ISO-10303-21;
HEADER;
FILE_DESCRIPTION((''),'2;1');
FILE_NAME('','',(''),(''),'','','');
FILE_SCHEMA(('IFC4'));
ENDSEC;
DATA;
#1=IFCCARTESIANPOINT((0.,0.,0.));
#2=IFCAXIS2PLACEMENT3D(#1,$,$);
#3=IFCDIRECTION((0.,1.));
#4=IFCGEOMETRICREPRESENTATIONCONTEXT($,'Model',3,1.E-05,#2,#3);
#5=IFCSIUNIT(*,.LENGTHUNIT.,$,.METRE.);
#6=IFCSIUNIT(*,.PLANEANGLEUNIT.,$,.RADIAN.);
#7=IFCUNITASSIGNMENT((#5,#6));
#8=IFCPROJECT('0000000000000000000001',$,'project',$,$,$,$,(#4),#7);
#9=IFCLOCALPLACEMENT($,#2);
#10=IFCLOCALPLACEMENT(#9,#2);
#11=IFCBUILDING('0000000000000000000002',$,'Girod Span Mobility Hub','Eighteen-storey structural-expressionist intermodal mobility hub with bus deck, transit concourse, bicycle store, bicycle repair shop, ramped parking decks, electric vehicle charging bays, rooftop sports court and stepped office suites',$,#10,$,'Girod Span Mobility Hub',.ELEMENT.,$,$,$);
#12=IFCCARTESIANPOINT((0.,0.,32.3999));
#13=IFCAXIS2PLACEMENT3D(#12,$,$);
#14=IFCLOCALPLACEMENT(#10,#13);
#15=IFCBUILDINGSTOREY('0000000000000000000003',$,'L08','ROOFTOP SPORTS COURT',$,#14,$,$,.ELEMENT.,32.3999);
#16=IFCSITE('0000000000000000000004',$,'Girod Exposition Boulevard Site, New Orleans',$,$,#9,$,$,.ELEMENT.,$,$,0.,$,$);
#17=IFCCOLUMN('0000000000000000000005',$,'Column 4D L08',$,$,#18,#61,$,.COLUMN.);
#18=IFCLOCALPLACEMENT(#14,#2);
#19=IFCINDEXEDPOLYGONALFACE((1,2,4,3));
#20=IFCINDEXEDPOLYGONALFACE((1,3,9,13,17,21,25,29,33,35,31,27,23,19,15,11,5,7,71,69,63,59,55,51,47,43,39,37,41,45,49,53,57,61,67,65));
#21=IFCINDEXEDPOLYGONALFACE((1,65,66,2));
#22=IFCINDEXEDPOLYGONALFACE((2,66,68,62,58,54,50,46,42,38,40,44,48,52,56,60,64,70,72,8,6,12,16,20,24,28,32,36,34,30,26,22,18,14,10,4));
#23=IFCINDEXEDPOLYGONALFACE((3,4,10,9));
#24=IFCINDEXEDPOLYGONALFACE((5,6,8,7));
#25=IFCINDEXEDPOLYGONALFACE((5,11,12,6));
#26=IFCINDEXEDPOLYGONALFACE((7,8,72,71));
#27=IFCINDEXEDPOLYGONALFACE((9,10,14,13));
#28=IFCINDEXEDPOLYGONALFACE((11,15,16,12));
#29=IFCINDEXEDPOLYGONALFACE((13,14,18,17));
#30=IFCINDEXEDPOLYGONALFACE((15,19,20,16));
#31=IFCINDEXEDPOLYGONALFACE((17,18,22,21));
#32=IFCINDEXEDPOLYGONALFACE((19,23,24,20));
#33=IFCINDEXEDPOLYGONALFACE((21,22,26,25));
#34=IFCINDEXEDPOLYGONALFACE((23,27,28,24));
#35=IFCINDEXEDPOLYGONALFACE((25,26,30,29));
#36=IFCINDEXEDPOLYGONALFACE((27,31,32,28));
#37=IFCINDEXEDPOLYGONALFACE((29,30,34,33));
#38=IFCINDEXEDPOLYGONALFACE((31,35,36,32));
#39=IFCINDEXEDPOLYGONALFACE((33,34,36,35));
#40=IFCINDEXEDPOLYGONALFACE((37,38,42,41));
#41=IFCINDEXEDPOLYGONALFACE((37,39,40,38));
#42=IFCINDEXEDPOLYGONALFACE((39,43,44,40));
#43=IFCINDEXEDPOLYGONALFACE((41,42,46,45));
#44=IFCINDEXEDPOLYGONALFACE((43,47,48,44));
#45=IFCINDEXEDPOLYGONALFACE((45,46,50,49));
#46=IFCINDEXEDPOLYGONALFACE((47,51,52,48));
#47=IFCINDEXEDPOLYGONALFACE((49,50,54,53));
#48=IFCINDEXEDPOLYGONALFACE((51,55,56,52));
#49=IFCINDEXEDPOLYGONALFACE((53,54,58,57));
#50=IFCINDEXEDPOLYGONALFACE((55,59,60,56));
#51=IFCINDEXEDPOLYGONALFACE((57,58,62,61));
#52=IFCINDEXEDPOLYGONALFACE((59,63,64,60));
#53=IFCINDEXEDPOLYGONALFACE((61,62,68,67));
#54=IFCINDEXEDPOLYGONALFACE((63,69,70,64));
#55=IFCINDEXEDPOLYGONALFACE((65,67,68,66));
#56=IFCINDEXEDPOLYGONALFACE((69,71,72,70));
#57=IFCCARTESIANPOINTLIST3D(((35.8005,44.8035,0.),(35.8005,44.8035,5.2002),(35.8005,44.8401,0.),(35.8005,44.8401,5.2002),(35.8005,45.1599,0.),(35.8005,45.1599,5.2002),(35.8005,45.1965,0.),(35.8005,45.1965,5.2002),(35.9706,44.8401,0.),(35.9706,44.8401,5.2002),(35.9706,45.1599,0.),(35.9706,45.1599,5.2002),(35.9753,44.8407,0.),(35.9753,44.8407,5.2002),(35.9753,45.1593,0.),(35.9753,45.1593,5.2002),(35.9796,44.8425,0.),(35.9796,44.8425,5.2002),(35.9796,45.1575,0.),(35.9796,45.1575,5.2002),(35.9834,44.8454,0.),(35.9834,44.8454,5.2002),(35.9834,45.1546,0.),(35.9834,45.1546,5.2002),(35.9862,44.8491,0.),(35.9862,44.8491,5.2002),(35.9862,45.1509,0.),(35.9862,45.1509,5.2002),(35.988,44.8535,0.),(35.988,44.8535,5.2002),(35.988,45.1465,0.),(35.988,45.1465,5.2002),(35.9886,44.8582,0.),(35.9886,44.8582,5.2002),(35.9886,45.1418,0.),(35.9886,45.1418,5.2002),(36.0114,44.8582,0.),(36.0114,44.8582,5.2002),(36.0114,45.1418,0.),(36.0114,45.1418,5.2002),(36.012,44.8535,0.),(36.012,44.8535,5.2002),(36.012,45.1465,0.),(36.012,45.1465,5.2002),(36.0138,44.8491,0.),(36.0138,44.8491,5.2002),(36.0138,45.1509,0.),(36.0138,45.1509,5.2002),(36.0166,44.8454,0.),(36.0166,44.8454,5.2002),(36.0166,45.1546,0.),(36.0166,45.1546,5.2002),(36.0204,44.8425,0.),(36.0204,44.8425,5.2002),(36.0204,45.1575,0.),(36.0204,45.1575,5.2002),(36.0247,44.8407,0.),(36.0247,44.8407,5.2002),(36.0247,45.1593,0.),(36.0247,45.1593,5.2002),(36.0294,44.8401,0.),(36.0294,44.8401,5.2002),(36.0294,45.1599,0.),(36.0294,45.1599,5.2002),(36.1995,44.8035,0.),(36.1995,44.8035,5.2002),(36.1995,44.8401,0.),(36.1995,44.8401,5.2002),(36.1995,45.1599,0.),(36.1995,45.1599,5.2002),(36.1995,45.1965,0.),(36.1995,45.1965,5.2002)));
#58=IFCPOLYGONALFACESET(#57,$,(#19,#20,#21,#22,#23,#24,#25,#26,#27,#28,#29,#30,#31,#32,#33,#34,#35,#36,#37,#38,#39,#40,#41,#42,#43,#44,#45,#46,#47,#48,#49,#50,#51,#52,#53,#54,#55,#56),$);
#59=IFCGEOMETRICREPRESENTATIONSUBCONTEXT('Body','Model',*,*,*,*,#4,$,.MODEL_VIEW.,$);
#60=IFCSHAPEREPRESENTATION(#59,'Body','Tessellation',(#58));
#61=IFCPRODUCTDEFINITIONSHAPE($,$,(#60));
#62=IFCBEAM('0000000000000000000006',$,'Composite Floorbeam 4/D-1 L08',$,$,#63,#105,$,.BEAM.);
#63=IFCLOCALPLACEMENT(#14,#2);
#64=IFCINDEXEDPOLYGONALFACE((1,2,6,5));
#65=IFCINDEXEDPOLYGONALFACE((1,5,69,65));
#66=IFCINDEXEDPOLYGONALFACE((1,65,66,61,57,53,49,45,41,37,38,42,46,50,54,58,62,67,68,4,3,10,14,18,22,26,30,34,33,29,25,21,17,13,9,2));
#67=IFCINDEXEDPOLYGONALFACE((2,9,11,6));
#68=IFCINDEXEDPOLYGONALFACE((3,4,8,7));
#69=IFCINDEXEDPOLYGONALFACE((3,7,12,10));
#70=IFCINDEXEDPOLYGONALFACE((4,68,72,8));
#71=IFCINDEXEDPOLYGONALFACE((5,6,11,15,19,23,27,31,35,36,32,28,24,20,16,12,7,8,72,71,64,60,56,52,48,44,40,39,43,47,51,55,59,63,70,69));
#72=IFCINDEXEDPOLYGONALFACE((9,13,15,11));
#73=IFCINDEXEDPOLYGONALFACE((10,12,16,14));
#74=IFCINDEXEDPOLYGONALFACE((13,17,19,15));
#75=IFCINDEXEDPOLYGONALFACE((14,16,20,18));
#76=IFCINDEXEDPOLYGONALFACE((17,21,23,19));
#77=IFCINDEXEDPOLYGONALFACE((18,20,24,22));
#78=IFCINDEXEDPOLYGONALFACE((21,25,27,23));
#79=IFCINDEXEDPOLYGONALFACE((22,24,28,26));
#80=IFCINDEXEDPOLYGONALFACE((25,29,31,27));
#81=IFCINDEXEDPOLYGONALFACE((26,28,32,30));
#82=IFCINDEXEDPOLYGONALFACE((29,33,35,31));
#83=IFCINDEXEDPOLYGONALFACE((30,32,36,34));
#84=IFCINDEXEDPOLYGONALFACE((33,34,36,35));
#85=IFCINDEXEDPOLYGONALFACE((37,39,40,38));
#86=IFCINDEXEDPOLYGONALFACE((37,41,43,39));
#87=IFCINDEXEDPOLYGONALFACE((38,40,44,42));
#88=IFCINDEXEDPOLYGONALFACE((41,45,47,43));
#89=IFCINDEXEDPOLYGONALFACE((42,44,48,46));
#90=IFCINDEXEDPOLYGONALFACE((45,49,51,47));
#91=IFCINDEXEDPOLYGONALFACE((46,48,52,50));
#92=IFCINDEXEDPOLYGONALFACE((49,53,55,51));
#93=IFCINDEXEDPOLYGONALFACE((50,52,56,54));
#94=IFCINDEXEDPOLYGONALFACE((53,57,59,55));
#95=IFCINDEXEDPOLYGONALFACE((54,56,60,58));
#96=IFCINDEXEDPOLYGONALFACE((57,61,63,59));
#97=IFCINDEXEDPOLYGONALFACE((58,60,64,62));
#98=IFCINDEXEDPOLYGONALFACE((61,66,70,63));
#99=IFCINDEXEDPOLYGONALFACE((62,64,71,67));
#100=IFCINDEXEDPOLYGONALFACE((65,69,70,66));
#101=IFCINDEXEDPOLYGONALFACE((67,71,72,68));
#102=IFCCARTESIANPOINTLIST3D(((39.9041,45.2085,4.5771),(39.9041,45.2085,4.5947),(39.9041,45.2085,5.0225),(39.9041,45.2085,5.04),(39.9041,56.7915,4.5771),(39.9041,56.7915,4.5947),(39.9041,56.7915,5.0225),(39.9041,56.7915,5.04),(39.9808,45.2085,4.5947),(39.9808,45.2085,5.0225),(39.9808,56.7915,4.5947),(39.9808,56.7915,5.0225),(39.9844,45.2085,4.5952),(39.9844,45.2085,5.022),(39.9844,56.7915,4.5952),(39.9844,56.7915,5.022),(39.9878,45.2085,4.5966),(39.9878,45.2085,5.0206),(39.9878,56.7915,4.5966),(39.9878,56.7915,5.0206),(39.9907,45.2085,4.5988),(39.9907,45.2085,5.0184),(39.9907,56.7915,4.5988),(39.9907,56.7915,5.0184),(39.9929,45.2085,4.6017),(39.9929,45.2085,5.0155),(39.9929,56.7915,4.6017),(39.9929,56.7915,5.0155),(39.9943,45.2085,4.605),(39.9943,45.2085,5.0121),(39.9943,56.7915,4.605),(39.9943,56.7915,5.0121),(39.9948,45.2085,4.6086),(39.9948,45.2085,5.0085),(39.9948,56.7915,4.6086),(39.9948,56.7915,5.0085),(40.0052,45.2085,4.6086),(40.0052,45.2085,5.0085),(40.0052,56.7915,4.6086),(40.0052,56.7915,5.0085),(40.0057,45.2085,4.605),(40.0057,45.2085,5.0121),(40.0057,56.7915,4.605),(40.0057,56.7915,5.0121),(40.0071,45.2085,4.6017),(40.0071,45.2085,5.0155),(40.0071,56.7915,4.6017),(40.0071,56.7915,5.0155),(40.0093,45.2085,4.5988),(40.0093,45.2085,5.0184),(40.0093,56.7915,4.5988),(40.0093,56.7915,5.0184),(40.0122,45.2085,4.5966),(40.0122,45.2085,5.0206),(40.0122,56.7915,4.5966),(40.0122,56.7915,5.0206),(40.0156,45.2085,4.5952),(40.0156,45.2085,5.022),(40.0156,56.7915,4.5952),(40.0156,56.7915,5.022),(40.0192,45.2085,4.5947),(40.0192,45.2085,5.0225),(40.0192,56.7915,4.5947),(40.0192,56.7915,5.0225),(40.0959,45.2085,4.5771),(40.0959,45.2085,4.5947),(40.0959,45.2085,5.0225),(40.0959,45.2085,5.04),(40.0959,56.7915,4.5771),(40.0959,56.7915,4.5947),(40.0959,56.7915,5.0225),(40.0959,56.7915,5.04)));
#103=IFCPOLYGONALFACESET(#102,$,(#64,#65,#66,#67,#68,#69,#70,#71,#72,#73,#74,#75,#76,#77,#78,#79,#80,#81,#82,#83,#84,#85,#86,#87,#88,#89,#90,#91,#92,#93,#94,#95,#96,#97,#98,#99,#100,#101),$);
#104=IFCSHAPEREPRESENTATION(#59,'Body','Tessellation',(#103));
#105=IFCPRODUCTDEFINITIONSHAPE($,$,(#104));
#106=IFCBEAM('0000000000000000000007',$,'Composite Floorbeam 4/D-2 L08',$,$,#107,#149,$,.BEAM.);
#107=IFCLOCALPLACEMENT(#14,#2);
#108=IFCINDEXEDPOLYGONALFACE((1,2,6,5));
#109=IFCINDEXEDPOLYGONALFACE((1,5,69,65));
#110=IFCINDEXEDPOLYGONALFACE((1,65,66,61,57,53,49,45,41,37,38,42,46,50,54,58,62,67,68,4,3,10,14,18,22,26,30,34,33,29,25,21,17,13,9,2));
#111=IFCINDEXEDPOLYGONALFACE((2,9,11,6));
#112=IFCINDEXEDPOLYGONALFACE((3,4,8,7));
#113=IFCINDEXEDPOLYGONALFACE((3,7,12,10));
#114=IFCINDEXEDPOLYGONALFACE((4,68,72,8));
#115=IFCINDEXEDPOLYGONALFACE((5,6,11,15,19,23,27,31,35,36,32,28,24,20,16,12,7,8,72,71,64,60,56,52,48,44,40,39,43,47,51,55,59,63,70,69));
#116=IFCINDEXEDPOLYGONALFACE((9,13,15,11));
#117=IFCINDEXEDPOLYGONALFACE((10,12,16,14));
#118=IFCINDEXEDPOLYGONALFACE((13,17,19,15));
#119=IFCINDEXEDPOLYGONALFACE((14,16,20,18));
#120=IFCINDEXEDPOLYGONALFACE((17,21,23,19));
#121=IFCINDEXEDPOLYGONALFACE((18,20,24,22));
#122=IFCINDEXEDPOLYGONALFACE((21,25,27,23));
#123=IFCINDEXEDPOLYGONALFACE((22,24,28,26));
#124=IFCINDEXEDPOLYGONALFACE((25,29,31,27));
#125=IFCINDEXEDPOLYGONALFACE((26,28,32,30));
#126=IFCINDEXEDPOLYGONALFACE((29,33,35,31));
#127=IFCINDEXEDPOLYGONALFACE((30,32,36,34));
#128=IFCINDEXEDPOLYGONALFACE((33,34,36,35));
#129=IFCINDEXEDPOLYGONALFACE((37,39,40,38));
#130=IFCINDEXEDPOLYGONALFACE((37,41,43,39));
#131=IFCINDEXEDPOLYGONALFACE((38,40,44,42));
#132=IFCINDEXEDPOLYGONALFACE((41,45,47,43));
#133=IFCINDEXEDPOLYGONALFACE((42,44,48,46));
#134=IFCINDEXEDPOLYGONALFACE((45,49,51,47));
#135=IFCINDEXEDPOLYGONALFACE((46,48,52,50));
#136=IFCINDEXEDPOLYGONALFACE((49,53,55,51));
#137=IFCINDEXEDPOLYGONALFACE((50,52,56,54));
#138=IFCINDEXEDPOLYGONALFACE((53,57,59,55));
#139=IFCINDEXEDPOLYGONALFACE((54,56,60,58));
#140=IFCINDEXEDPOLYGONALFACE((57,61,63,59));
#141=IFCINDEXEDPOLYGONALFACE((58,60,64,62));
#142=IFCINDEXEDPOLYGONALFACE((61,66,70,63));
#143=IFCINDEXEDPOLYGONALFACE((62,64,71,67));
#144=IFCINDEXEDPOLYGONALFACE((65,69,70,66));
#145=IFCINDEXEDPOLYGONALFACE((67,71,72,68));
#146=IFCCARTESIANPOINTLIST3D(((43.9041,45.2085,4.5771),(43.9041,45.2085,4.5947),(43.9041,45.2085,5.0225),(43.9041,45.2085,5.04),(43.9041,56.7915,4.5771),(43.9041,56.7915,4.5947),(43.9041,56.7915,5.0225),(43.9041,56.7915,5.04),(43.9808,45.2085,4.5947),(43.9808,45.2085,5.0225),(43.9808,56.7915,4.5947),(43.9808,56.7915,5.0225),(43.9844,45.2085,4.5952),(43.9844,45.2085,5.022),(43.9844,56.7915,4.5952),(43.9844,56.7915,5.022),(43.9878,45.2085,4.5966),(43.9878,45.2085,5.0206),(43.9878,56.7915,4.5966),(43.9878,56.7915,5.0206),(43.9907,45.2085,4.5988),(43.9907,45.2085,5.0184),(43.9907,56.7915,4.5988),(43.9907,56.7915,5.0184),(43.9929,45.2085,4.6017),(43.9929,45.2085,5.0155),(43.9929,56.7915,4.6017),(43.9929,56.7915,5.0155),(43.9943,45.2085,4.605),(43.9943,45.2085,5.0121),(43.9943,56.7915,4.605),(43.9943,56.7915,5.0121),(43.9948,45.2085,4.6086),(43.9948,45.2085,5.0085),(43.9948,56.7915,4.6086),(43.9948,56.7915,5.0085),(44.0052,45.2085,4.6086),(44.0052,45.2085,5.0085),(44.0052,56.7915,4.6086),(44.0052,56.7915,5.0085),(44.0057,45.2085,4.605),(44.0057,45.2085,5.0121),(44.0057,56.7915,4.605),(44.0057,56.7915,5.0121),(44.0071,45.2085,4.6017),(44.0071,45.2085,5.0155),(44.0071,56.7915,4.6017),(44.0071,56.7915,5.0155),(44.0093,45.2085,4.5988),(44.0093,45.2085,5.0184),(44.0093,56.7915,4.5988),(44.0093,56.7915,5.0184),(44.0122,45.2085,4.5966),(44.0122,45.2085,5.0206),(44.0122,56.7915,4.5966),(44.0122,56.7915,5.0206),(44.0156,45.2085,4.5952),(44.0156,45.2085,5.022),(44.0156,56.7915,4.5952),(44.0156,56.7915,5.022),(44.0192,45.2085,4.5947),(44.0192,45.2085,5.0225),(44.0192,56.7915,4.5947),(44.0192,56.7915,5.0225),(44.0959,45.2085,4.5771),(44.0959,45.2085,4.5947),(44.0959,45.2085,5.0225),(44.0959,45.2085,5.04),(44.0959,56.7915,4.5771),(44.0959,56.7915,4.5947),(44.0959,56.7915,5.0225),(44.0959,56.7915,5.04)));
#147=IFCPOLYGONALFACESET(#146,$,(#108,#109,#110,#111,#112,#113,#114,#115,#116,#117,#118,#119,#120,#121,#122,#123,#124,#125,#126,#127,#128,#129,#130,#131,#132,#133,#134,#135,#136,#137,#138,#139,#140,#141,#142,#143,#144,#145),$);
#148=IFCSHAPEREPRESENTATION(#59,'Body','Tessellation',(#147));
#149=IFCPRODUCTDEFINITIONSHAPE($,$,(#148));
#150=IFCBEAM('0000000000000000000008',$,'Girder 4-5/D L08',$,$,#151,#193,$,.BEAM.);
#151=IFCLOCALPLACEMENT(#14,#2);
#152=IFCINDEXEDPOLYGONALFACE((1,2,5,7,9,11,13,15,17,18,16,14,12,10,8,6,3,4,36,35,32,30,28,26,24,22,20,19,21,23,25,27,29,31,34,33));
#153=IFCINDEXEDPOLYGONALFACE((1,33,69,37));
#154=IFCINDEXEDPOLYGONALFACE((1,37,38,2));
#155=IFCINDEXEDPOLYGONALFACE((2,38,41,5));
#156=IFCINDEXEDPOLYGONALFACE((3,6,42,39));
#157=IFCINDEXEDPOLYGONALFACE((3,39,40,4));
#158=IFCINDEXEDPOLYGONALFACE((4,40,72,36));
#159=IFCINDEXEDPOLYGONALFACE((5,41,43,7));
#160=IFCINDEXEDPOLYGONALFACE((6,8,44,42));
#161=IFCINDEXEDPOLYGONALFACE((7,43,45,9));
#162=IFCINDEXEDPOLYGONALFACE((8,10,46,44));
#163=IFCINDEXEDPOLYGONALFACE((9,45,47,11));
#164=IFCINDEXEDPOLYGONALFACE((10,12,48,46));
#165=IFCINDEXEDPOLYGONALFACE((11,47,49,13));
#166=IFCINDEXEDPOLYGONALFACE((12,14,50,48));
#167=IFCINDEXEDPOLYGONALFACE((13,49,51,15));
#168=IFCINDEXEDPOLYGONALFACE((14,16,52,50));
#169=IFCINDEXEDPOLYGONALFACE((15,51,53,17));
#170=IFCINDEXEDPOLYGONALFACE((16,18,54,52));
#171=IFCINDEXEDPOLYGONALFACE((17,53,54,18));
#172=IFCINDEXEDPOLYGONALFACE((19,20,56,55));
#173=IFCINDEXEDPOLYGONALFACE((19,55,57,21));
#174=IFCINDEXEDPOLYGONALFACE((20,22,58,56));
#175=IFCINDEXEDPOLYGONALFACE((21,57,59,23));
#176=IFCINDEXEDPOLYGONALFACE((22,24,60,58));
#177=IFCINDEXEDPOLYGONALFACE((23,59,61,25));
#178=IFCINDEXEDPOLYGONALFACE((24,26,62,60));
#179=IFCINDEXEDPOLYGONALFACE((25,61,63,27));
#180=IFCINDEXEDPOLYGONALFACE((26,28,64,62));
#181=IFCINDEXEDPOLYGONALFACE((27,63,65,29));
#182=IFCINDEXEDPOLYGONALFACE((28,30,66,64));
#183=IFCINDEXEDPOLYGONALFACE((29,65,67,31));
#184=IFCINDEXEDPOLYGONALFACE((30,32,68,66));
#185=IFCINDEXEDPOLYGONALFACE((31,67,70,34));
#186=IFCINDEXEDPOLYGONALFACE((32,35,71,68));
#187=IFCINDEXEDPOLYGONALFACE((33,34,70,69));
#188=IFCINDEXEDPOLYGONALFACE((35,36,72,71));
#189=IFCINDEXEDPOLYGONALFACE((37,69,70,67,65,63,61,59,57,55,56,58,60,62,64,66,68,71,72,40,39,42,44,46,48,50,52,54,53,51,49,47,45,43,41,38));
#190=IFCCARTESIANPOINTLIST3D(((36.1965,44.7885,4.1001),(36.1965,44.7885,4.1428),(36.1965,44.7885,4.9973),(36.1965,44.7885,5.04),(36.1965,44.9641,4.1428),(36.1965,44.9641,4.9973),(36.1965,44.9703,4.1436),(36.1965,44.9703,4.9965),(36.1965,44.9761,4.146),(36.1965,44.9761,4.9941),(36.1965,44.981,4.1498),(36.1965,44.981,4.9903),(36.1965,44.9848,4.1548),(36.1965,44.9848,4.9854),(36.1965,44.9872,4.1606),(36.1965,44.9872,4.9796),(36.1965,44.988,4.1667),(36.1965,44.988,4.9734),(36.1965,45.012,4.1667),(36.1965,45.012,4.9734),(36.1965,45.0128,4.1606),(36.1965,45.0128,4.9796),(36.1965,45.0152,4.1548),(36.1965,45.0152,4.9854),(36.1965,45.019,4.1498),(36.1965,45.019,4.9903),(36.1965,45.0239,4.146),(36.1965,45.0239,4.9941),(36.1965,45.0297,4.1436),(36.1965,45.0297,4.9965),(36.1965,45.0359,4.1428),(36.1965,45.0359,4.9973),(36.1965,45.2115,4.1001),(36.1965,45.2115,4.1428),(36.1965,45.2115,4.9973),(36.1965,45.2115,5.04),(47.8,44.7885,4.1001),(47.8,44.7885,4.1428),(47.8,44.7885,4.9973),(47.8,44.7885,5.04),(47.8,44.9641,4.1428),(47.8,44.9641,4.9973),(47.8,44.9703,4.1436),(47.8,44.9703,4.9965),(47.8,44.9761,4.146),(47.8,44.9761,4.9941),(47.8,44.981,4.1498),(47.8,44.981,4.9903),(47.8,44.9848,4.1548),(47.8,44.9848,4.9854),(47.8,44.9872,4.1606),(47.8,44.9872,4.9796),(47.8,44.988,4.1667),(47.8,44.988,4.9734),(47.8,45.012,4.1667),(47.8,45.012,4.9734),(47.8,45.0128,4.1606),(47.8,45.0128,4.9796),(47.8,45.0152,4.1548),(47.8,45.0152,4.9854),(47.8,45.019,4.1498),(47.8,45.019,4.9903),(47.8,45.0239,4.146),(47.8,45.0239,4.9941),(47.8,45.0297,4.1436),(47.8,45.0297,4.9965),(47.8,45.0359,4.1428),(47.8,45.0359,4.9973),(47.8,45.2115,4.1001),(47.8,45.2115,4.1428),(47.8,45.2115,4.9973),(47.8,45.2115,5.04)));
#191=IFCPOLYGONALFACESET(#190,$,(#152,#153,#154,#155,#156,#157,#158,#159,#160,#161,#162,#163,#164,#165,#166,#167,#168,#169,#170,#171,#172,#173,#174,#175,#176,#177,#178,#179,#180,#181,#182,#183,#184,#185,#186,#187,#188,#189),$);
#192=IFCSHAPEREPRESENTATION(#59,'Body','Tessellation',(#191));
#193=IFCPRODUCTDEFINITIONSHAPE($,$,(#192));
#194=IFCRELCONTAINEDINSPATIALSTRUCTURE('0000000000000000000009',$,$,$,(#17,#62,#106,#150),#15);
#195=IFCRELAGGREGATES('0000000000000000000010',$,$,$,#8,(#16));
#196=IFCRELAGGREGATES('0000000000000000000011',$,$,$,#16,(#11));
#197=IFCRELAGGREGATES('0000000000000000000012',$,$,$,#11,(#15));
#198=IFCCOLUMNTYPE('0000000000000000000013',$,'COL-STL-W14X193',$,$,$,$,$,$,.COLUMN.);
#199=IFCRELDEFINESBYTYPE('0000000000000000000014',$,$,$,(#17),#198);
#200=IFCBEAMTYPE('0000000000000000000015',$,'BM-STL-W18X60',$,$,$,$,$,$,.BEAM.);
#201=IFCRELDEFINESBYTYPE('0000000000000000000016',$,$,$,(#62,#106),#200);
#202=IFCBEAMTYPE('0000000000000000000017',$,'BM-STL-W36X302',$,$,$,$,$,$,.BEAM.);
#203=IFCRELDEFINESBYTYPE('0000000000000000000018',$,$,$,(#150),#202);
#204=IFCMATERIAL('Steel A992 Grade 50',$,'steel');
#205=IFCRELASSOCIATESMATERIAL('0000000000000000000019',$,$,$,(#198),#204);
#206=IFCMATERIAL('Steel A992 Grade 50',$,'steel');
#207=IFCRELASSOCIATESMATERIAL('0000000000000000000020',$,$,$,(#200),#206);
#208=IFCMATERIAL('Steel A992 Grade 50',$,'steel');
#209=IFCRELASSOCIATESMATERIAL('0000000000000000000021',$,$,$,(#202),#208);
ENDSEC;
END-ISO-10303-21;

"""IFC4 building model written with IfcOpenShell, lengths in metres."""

from ifc_helpers import new_model, si_unit, direction, frame, origin, origin_2d, place, context, subcontext, project, spatial, i_section, extrude, material, material_profile, profile_set, type_object, element, save


model = new_model("IFC4")

# Units and contexts
model_context = context("Model", 3, precision=1e-05, world=origin(), true_north=direction((0.0, 1.0)))
body_context = subcontext(model_context, "Body", "Model", "MODEL_VIEW")
ifc_project = project(units=[si_unit("LENGTHUNIT", "METRE"), si_unit("PLANEANGLEUNIT", "RADIAN")], contexts=[model_context])

# Site, building, storey
site_placement = place(None, origin())
site = spatial("IfcSite", under=ifc_project, at=site_placement, Name="Girod Exposition Boulevard Site, New Orleans", CompositionType="ELEMENT", RefElevation=0.0)
building_placement = place(site_placement, origin())
building = spatial("IfcBuilding", under=site, at=building_placement, Name="Girod Span Mobility Hub", Description="Eighteen-storey structural-expressionist intermodal mobility hub with bus deck, transit concourse, bicycle store, bicycle repair shop, ramped parking decks, electric vehicle charging bays, rooftop sports court and stepped office suites", LongName="Girod Span Mobility Hub", CompositionType="ELEMENT")
storey_placement = place(building_placement, frame((0.0, 0.0, 32.3999)))
storey = spatial("IfcBuildingStorey", under=building, at=storey_placement, Name="L08", Description="ROOFTOP SPORTS COURT", CompositionType="ELEMENT", Elevation=32.3999)

# Column
ifc_material_1 = material(Name="Steel A992 Grade 50", Category="steel")
ifc_material_profile_1 = material_profile(ifc_material_1, i_section(OverallWidth=0.3989, OverallDepth=0.3931, WebThickness=0.0227, FlangeThickness=0.0366, FilletRadius=0.0181, at=origin_2d()), Name="W14X193")
ifc_profile_set_1 = profile_set([ifc_material_profile_1], Name="Steel A992 Grade 50")
column_type = type_object("IfcColumnType", Name="COL-STL-W14X193", PredefinedType="COLUMN", material=ifc_profile_set_1)
column_placement = place(storey_placement, frame((36.0, 45.0, 0.0), z_axis=(0.0, 0.0, 1.0), x_axis=(1.0, 0.0, 0.0)))
element("IfcColumn", 1, at=column_placement, inside=storey, type_object=column_type, Name="Column 4D L08", PredefinedType="COLUMN", context=body_context, shape_type="SweptSolid", body=[
    extrude(i_section(OverallWidth=0.3989, OverallDepth=0.3931, WebThickness=0.0227, FlangeThickness=0.0366, FilletRadius=0.0181, at=origin_2d()), origin(), (0.0, 0.0, 1.0), 5.2002),
])

# Beams
ifc_material_2 = material(Name="Steel A992 Grade 50", Category="steel")
ifc_material_profile_2 = material_profile(ifc_material_2, i_section(OverallWidth=0.1919, OverallDepth=0.4629, WebThickness=0.0105, FlangeThickness=0.0176, FilletRadius=0.0139, at=origin_2d()), Name="W18X60")
ifc_profile_set_2 = profile_set([ifc_material_profile_2], Name="Steel A992 Grade 50")
beam_type_1 = type_object("IfcBeamType", Name="BM-STL-W18X60", PredefinedType="BEAM", material=ifc_profile_set_2)
for number, where, z_axis, x_axis, name in (
    (2, (40.0, 45.2085, 4.8086), (0.0, 1.0, 0.0), (-1.0, 0.0, 0.0), "Composite Floorbeam 4/D-1 L08"),
    (3, (44.0, 45.2085, 4.8086), (0.0, 1.0, 0.0), (-1.0, 0.0, 0.0), "Composite Floorbeam 4/D-2 L08"),
):
    element("IfcBeam", number, at=place(storey_placement, frame(where, z_axis=z_axis, x_axis=x_axis)), inside=storey, type_object=beam_type_1, Name=name, PredefinedType="BEAM", context=body_context, shape_type="SweptSolid", body=[
        extrude(i_section(OverallWidth=0.1919, OverallDepth=0.4629, WebThickness=0.0105, FlangeThickness=0.0176, FilletRadius=0.0139, at=origin_2d()), origin(), (0.0, 0.0, 1.0), 11.583),
    ])
ifc_material_3 = material(Name="Steel A992 Grade 50", Category="steel")
ifc_material_profile_3 = material_profile(ifc_material_3, i_section(OverallWidth=0.4231, OverallDepth=0.9399, WebThickness=0.0239, FlangeThickness=0.0427, FilletRadius=0.0239, at=origin_2d()), Name="W36X302")
ifc_profile_set_3 = profile_set([ifc_material_profile_3], Name="Steel A992 Grade 50")
beam_type_2 = type_object("IfcBeamType", Name="BM-STL-W36X302", PredefinedType="BEAM", material=ifc_profile_set_3)
beam_1_placement = place(storey_placement, frame((36.1965, 45.0, 4.5701), z_axis=(1.0, 0.0, 0.0), x_axis=(0.0, 1.0, 0.0)))
element("IfcBeam", 4, at=beam_1_placement, inside=storey, type_object=beam_type_2, Name="Girder 4-5/D L08", PredefinedType="BEAM", context=body_context, shape_type="SweptSolid", body=[
    extrude(i_section(OverallWidth=0.4231, OverallDepth=0.9399, WebThickness=0.0239, FlangeThickness=0.0427, FilletRadius=0.0239, at=origin_2d()), origin(), (0.0, 0.0, 1.0), 11.6035),
])

save(model, "model.ifc")
